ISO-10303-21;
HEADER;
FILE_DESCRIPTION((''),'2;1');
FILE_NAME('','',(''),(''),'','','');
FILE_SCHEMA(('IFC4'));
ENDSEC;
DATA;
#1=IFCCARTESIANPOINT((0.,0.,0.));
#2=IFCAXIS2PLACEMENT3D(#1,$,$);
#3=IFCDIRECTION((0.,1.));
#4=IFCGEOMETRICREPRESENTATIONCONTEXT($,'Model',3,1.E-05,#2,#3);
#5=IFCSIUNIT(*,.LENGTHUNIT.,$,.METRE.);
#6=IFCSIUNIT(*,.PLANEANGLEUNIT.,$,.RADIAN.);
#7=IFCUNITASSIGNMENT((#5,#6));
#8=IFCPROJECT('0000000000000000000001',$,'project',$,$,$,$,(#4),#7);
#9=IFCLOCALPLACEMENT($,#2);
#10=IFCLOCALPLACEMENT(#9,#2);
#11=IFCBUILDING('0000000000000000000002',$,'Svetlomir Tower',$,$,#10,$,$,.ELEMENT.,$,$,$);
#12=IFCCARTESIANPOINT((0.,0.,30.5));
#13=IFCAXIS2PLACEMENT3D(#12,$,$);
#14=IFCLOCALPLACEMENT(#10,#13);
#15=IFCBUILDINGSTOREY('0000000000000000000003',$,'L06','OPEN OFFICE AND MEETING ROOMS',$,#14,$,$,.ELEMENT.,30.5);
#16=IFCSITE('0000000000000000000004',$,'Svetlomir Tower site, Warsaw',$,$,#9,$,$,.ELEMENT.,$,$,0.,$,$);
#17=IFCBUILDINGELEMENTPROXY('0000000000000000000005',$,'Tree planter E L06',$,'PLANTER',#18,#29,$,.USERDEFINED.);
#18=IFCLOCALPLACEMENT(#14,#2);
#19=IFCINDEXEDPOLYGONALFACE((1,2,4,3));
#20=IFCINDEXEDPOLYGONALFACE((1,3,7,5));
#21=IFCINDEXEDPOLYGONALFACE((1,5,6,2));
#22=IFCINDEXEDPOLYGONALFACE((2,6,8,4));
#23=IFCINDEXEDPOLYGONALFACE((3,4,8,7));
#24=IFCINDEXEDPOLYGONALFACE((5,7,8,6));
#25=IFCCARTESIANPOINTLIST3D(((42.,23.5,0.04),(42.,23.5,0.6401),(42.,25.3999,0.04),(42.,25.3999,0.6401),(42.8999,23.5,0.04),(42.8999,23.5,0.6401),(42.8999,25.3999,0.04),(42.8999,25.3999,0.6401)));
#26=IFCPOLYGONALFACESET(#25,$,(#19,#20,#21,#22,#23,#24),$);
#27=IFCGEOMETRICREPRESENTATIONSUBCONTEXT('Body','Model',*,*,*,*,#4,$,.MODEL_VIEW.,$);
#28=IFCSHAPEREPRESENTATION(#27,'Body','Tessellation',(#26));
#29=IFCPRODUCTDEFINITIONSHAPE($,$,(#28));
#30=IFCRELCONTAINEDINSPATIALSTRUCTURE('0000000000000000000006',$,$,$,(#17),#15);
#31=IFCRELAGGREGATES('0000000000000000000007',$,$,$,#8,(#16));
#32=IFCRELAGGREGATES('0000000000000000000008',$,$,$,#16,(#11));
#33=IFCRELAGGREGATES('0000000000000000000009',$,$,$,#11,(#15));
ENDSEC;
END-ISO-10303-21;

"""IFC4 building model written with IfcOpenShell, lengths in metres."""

from ifc_helpers import new_model, si_unit, direction, frame, origin, origin_2d, place, context, subcontext, project, spatial, rectangle, extrude, element, save


model = new_model("IFC4")

# Units and contexts
model_context = context("Model", 3, precision=1e-05, world=origin(), true_north=direction((0.0, 1.0)))
body_context = subcontext(model_context, "Body", "Model", "MODEL_VIEW")
ifc_project = project(units=[si_unit("LENGTHUNIT", "METRE"), si_unit("PLANEANGLEUNIT", "RADIAN")], contexts=[model_context])

# Site, building, storey
site_placement = place(None, origin())
site = spatial("IfcSite", under=ifc_project, at=site_placement, Name="Svetlomir Tower site, Warsaw", CompositionType="ELEMENT", RefElevation=0.0)
building_placement = place(site_placement, origin())
building = spatial("IfcBuilding", under=site, at=building_placement, Name="Svetlomir Tower", CompositionType="ELEMENT")
storey_placement = place(building_placement, frame((0.0, 0.0, 30.5)))
storey = spatial("IfcBuildingStorey", under=building, at=storey_placement, Name="L06", Description="OPEN OFFICE AND MEETING ROOMS", CompositionType="ELEMENT", Elevation=30.5)

# Building element proxy
proxy_placement = place(storey_placement, frame((42.45, 24.45, 0.04), z_axis=(0.0, 0.0, 1.0), x_axis=(1.0, 0.0, 0.0)))
element("IfcBuildingElementProxy", 1, at=proxy_placement, inside=storey, Name="Tree planter E L06", ObjectType="PLANTER", PredefinedType="USERDEFINED", context=body_context, shape_type="SweptSolid", body=[
    extrude(rectangle(XDim=0.8999, YDim=1.8999, at=origin_2d()), origin(), (0.0, 0.0, 1.0), 0.6001),
])

save(model, "model.ifc")
